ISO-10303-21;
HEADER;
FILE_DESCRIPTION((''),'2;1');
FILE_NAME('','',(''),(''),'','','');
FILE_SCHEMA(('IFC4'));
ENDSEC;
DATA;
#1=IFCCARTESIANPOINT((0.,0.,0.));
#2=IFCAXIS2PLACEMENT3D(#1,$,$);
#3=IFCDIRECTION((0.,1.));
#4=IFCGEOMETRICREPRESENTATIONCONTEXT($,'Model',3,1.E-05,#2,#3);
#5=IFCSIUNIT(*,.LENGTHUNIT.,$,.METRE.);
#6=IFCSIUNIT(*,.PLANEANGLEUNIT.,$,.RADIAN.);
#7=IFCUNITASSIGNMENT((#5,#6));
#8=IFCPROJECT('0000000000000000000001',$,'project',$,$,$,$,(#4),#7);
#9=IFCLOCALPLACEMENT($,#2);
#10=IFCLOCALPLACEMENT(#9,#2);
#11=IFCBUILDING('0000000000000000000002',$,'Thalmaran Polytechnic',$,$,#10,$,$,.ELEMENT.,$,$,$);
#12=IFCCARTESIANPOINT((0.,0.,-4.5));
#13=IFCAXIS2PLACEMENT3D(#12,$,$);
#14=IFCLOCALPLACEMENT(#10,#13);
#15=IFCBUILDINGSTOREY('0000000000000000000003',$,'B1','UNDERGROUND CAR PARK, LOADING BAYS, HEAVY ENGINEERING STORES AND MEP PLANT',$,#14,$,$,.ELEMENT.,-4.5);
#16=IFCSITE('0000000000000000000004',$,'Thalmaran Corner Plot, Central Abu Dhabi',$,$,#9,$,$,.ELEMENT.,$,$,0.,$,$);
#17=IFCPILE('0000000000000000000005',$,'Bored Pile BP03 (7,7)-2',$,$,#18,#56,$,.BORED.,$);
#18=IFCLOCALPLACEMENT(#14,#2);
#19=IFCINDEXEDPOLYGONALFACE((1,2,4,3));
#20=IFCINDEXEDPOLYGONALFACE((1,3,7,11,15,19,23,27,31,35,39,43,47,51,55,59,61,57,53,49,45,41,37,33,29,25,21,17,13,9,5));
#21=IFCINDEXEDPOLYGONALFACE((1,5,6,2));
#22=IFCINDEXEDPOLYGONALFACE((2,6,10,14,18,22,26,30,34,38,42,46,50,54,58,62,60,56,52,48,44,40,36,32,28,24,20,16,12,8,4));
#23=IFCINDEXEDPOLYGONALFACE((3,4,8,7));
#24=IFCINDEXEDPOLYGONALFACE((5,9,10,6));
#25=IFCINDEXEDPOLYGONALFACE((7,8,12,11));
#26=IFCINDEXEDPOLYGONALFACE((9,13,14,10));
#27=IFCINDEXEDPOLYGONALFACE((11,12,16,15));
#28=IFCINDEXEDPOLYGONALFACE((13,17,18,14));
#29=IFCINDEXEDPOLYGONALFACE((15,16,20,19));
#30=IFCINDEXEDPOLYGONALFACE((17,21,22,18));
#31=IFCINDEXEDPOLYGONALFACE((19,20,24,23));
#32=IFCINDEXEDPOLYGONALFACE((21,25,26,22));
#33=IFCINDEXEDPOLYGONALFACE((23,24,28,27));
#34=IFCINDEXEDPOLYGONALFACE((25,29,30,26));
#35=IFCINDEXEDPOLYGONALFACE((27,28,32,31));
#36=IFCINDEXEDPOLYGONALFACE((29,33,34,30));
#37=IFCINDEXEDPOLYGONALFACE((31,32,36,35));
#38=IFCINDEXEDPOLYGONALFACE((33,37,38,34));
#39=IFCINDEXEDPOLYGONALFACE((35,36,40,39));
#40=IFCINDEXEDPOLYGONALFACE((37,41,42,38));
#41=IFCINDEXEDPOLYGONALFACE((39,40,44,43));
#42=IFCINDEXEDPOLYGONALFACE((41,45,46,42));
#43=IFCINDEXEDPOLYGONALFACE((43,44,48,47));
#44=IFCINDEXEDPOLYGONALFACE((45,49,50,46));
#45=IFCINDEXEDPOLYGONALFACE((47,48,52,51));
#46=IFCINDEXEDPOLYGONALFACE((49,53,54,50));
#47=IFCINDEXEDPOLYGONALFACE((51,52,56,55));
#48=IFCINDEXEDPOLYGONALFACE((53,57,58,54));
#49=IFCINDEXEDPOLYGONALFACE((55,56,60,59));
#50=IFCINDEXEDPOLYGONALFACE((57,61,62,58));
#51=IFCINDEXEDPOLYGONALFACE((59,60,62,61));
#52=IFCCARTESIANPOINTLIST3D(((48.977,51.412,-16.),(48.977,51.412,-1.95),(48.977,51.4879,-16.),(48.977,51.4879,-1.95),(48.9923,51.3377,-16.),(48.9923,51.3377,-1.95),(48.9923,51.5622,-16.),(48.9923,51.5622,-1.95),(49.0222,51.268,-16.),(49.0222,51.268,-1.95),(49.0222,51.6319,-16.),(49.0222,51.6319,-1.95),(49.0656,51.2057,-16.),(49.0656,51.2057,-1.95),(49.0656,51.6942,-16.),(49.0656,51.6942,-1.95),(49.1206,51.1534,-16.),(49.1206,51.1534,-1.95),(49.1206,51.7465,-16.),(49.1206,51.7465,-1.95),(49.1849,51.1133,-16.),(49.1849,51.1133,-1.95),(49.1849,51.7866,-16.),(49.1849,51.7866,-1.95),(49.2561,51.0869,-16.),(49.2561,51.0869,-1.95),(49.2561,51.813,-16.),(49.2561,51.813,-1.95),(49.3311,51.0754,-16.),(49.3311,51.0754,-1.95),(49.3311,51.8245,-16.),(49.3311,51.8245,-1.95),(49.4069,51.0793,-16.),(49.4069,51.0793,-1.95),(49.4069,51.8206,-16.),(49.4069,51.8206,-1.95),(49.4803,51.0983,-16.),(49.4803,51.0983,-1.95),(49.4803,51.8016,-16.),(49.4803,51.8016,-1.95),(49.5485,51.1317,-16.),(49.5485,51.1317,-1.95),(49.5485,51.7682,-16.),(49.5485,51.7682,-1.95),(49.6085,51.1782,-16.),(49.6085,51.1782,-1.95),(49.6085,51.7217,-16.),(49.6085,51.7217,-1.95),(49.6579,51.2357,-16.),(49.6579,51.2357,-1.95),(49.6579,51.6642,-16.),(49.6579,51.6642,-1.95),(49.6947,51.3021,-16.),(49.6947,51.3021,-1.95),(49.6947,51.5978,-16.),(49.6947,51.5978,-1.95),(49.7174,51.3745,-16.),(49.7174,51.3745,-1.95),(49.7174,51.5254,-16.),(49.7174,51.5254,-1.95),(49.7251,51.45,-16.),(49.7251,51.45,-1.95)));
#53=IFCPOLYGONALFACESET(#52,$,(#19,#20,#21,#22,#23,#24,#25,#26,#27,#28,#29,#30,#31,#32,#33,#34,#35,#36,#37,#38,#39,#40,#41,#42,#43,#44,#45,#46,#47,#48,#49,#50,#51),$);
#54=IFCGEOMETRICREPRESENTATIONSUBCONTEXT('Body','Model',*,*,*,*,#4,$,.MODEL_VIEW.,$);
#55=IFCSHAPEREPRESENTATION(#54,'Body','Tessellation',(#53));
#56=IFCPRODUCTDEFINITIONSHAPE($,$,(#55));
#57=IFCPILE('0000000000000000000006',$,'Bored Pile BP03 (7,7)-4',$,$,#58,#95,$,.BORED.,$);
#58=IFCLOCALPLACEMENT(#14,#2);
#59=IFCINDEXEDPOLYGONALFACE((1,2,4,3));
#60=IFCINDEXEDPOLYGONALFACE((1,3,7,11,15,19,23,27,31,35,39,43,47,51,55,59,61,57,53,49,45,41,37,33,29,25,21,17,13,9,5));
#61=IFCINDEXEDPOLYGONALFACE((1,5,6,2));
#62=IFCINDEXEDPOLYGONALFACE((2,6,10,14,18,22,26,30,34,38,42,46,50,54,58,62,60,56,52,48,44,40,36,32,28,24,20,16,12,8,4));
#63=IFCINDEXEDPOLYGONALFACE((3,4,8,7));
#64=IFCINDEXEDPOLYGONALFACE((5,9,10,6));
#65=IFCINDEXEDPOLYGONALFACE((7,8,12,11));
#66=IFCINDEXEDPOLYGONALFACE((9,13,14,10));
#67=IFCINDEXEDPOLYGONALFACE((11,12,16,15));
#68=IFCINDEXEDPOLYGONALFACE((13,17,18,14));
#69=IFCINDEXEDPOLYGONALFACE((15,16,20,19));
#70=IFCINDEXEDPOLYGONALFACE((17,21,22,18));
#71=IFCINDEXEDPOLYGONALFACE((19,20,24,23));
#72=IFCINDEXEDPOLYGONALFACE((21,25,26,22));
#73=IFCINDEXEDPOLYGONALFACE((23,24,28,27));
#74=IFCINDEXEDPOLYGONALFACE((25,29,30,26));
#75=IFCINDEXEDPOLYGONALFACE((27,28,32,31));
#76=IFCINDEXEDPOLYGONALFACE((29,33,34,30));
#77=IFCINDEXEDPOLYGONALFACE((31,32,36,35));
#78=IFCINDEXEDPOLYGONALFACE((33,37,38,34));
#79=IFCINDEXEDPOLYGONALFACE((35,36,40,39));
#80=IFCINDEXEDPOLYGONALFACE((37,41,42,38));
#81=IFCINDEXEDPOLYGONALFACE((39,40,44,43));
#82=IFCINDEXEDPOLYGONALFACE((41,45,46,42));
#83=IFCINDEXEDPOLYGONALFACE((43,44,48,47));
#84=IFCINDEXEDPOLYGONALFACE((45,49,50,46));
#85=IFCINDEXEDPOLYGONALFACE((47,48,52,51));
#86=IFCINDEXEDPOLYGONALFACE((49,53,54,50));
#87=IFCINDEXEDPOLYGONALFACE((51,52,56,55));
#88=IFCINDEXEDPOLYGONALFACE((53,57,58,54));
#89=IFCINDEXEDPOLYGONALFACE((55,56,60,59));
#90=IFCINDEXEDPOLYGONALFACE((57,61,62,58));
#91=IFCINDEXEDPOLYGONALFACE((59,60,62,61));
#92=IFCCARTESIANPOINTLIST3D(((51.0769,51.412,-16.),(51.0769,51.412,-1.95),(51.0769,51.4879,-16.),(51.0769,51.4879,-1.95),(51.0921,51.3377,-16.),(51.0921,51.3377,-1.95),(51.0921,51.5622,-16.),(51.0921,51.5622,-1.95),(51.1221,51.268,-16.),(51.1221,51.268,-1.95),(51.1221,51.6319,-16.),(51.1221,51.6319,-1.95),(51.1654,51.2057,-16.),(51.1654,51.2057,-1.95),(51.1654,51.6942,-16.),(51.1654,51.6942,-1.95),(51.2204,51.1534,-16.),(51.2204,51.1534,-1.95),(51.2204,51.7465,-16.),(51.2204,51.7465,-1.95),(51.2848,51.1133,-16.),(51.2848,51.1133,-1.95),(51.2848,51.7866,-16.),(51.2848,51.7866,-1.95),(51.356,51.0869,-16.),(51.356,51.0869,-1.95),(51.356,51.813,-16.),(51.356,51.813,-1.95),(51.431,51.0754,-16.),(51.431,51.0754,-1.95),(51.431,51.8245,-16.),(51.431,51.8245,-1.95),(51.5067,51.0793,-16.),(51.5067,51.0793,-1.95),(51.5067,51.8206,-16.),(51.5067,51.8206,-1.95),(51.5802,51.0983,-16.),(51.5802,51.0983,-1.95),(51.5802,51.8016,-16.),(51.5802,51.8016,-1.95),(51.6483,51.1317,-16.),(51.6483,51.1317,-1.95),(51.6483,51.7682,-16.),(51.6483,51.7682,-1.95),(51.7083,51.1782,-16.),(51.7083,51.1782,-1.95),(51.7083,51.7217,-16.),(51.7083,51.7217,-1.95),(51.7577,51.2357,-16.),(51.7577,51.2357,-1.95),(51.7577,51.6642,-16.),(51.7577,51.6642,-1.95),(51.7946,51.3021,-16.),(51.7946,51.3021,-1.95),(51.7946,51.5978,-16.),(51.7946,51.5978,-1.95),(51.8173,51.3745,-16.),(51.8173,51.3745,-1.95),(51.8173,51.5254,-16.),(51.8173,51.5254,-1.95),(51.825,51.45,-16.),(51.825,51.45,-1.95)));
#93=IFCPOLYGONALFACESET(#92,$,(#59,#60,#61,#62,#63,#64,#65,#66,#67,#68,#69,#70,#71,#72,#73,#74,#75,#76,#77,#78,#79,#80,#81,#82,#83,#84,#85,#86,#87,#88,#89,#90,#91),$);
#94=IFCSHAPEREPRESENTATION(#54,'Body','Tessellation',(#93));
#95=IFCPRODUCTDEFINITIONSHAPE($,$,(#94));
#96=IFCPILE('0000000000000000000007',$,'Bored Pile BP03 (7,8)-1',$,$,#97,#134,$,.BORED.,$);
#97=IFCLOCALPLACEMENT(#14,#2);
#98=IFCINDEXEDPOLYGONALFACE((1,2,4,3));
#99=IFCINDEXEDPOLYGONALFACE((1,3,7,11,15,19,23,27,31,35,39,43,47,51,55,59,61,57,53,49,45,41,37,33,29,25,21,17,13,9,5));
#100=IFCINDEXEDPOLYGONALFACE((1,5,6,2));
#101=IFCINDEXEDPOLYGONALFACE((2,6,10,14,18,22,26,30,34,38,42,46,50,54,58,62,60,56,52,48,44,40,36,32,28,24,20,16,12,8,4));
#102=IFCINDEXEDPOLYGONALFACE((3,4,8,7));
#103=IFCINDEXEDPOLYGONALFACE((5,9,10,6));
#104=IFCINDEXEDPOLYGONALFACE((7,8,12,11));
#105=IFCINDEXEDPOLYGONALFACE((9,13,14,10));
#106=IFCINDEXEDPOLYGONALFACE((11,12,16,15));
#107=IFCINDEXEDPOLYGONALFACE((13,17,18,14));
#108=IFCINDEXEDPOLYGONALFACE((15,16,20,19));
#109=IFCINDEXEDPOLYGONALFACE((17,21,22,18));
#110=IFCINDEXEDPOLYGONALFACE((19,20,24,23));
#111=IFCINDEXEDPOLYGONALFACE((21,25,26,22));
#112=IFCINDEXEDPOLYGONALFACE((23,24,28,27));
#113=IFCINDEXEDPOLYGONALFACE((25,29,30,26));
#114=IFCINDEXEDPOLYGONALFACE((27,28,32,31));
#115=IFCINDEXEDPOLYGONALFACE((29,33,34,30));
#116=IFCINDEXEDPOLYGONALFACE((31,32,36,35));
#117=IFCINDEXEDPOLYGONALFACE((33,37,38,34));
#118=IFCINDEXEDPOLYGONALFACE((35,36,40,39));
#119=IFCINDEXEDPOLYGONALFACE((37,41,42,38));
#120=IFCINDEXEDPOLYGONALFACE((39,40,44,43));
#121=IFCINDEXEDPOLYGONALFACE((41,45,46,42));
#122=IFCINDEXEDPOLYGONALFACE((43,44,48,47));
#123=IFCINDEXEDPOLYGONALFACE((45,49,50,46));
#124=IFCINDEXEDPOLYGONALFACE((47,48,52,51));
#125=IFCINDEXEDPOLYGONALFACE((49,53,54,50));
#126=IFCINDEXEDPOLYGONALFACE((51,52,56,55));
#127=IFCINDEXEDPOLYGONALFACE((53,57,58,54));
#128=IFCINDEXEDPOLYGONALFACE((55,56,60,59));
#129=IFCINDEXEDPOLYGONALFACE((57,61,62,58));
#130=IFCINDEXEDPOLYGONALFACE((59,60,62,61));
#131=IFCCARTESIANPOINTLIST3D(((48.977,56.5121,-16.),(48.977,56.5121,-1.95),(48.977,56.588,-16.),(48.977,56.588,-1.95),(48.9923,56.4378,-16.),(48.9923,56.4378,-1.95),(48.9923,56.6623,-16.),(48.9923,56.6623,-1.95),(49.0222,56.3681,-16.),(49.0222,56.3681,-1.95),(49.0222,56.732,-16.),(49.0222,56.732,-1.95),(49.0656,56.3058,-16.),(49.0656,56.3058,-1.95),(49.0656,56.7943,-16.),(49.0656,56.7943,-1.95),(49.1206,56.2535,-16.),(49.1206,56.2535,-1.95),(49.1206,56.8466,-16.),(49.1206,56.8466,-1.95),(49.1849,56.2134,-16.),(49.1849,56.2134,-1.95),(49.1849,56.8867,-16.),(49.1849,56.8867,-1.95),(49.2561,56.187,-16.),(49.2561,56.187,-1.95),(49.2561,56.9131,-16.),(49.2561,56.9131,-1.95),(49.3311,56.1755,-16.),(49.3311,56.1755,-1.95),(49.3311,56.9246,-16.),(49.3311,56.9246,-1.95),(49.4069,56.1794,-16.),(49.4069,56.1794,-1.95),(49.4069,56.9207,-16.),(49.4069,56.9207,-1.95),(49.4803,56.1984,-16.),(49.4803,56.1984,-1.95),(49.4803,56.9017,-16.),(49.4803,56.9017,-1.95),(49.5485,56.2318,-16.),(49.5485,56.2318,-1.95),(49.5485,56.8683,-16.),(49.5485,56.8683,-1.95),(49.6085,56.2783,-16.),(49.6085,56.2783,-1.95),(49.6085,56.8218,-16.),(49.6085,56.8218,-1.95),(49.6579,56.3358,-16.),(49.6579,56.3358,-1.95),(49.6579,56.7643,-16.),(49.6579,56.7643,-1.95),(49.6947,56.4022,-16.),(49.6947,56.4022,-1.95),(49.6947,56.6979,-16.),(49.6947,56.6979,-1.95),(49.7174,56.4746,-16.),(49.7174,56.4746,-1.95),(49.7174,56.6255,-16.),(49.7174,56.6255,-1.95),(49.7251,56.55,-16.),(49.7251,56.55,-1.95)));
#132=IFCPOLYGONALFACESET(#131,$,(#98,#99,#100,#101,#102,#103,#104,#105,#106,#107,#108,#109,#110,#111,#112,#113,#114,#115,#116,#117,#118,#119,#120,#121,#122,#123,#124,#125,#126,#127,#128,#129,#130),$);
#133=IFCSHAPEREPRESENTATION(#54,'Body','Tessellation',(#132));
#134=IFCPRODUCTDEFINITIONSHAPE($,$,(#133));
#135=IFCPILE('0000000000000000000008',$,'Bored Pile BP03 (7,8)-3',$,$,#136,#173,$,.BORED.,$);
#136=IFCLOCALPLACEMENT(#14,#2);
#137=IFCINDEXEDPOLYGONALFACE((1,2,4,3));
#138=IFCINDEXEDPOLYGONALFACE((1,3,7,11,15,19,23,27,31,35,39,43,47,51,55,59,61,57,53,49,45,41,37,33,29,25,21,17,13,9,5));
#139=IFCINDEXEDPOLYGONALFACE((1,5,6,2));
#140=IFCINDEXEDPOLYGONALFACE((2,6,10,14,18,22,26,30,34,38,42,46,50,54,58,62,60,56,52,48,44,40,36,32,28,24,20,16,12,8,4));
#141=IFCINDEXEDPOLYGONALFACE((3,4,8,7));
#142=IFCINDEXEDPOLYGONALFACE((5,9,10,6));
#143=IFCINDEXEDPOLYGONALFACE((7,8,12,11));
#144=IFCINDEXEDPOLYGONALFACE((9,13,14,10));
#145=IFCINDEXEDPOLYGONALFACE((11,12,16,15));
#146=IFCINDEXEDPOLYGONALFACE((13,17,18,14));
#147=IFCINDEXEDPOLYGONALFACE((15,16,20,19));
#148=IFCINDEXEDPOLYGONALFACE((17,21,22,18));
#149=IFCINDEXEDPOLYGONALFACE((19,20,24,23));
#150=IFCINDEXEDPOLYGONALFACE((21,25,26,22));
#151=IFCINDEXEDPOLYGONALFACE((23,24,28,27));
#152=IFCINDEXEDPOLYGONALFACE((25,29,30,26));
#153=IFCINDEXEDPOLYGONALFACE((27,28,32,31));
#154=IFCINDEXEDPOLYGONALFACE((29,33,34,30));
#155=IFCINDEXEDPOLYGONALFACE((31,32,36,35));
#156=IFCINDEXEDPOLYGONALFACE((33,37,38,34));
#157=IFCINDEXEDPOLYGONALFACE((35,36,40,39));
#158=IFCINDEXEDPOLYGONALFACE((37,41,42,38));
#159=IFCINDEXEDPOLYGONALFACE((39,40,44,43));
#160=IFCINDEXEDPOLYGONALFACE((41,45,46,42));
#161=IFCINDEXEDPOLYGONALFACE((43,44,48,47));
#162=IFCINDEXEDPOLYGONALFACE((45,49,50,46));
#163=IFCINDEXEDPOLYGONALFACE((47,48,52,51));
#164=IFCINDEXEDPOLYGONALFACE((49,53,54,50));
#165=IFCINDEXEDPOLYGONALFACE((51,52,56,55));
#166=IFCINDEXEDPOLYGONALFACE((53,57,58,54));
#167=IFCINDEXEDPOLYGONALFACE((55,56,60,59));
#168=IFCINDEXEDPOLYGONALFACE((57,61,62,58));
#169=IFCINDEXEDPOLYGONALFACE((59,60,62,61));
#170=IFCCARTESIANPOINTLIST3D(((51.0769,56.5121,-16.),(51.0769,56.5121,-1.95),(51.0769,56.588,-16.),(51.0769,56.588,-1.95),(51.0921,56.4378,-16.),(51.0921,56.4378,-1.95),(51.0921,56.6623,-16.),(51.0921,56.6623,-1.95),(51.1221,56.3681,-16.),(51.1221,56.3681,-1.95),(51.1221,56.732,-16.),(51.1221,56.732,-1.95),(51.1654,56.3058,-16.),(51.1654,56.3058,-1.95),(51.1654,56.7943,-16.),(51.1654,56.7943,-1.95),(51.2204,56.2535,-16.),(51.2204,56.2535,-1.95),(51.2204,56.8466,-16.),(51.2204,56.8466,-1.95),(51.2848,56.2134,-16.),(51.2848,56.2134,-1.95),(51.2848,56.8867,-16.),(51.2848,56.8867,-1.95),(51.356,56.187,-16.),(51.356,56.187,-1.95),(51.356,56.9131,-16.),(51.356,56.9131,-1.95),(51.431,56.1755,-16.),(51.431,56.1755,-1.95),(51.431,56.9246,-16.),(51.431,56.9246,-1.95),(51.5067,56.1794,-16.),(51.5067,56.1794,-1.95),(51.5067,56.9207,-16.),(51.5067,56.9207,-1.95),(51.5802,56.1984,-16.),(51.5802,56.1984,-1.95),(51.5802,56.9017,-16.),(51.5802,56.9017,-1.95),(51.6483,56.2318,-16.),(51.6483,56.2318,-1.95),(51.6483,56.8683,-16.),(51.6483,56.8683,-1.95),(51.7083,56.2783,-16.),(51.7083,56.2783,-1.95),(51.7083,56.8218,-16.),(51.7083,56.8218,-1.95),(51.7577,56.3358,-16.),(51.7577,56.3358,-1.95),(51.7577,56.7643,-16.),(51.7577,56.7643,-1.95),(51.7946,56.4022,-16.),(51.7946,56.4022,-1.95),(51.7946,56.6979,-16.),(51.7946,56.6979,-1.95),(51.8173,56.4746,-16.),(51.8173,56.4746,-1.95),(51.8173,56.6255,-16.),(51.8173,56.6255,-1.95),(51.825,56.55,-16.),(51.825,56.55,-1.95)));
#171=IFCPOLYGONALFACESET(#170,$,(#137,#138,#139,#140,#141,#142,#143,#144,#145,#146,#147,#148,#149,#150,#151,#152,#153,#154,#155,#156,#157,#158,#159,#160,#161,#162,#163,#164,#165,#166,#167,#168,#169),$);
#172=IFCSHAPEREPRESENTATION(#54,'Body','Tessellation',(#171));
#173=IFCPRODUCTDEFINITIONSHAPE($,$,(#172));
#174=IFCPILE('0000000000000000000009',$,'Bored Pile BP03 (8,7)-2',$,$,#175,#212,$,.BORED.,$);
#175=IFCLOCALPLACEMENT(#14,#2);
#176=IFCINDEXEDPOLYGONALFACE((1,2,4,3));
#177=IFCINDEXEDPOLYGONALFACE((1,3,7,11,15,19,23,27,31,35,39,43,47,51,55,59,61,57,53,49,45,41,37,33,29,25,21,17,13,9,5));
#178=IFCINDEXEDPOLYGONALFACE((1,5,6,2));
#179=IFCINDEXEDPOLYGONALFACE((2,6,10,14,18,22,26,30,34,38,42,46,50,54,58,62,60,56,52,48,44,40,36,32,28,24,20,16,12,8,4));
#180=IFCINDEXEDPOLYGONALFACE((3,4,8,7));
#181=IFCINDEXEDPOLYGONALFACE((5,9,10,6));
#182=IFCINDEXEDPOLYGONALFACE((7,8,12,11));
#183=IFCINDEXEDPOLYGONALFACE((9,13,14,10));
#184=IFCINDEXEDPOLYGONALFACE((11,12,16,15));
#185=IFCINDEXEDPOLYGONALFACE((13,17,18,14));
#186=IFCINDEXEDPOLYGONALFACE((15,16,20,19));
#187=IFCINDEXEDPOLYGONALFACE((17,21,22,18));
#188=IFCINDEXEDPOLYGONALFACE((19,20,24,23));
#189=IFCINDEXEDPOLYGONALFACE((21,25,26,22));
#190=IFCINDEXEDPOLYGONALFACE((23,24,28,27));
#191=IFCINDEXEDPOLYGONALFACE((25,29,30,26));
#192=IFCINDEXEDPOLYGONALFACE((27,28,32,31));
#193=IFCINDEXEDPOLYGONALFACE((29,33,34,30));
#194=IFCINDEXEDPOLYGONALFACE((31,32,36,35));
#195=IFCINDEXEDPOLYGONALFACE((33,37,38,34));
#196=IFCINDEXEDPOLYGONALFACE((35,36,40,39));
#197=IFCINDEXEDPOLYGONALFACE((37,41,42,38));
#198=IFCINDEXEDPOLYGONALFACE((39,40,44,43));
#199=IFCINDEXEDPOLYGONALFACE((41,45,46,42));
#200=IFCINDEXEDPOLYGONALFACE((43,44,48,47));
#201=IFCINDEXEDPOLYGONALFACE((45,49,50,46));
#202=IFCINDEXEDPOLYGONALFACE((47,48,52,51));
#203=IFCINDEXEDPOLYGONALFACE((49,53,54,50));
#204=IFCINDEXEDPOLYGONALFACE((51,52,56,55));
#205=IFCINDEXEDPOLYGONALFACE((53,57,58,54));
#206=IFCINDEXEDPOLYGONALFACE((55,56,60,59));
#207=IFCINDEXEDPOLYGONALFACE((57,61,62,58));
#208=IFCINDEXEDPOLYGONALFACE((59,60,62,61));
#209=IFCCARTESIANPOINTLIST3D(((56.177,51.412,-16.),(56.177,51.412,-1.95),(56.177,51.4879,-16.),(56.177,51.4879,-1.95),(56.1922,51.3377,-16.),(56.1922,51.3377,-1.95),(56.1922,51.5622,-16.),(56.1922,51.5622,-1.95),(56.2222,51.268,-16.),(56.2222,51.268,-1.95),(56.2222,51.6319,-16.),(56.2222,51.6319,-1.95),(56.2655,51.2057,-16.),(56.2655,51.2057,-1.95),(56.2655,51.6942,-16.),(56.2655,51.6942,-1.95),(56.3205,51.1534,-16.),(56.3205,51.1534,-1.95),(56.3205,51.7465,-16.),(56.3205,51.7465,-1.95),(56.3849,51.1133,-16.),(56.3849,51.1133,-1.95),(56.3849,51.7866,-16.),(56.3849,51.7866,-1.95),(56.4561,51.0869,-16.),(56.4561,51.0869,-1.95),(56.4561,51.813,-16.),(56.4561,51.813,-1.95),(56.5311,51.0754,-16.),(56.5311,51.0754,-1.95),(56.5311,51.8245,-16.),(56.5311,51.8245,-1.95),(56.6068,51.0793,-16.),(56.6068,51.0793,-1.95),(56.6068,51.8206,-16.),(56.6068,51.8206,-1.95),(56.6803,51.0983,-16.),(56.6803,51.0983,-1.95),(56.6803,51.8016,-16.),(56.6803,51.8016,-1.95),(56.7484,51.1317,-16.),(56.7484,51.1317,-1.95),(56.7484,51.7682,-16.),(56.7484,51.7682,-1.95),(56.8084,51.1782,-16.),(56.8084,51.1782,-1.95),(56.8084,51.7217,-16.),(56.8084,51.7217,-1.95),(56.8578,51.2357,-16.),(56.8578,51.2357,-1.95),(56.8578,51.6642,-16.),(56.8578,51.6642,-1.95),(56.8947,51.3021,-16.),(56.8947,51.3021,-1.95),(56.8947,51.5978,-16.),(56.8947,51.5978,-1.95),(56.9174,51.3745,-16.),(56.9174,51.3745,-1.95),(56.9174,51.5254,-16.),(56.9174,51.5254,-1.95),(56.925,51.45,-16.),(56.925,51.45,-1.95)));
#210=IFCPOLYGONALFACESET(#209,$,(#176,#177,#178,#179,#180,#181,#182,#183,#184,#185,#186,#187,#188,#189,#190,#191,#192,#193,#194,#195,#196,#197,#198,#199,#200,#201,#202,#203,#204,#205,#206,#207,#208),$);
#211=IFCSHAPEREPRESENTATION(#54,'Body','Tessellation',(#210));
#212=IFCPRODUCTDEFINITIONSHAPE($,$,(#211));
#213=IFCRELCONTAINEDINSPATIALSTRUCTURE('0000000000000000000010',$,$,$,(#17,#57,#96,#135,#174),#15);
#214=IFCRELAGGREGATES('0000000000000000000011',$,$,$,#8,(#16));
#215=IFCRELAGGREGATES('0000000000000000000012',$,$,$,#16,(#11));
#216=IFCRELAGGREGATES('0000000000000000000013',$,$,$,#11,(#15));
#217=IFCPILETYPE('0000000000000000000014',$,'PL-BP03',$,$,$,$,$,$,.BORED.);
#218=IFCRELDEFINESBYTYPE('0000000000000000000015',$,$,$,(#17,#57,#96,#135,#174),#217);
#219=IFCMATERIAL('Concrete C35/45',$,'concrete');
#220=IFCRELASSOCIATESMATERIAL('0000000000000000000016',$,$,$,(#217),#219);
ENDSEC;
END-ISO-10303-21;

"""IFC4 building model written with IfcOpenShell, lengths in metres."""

from ifc_helpers import new_model, si_unit, direction, frame, origin, origin_2d, place, context, subcontext, project, spatial, circle, extrude, material, material_profile, profile_set, type_object, element, save


model = new_model("IFC4")

# Units and contexts
model_context = context("Model", 3, precision=1e-05, world=origin(), true_north=direction((0.0, 1.0)))
body_context = subcontext(model_context, "Body", "Model", "MODEL_VIEW")
ifc_project = project(units=[si_unit("LENGTHUNIT", "METRE"), si_unit("PLANEANGLEUNIT", "RADIAN")], contexts=[model_context])

# Site, building, storey
site_placement = place(None, origin())
site = spatial("IfcSite", under=ifc_project, at=site_placement, Name="Thalmaran Corner Plot, Central Abu Dhabi", CompositionType="ELEMENT", RefElevation=0.0)
building_placement = place(site_placement, origin())
building = spatial("IfcBuilding", under=site, at=building_placement, Name="Thalmaran Polytechnic", CompositionType="ELEMENT")
storey_placement = place(building_placement, frame((0.0, 0.0, -4.5)))
storey = spatial("IfcBuildingStorey", under=building, at=storey_placement, Name="B1", Description="UNDERGROUND CAR PARK, LOADING BAYS, HEAVY ENGINEERING STORES AND MEP PLANT", CompositionType="ELEMENT", Elevation=-4.5)

# Piles
ifc_material_1 = material(Name="Concrete C35/45", Category="concrete")
ifc_material_profile_1 = material_profile(ifc_material_1, circle(Radius=0.375, at=origin_2d()), Name="RC 750 DIA")
ifc_profile_set_1 = profile_set([ifc_material_profile_1], Name="Concrete C35/45")
pile_type = type_object("IfcPileType", Name="PL-BP03", PredefinedType="BORED", material=ifc_profile_set_1)
for number, where, z_axis, x_axis, name in (
    (1, (49.3501, 51.45, -1.95), (0.0, 0.0, -1.0), (1.0, 0.0, 0.0), "Bored Pile BP03 (7,7)-2"),
    (2, (51.45, 51.45, -1.95), (0.0, 0.0, -1.0), (1.0, 0.0, 0.0), "Bored Pile BP03 (7,7)-4"),
    (3, (49.3501, 56.55, -1.95), (0.0, 0.0, -1.0), (1.0, 0.0, 0.0), "Bored Pile BP03 (7,8)-1"),
    (4, (51.45, 56.55, -1.95), (0.0, 0.0, -1.0), (1.0, 0.0, 0.0), "Bored Pile BP03 (7,8)-3"),
    (5, (56.55, 51.45, -1.95), (0.0, 0.0, -1.0), (1.0, 0.0, 0.0), "Bored Pile BP03 (8,7)-2"),
):
    element("IfcPile", number, at=place(storey_placement, frame(where, z_axis=z_axis, x_axis=x_axis)), inside=storey, type_object=pile_type, Name=name, PredefinedType="BORED", context=body_context, shape_type="SweptSolid", body=[
        extrude(circle(Radius=0.375, at=origin_2d()), origin(), (0.0, 0.0, 1.0), 14.05),
    ])

save(model, "model.ifc")
